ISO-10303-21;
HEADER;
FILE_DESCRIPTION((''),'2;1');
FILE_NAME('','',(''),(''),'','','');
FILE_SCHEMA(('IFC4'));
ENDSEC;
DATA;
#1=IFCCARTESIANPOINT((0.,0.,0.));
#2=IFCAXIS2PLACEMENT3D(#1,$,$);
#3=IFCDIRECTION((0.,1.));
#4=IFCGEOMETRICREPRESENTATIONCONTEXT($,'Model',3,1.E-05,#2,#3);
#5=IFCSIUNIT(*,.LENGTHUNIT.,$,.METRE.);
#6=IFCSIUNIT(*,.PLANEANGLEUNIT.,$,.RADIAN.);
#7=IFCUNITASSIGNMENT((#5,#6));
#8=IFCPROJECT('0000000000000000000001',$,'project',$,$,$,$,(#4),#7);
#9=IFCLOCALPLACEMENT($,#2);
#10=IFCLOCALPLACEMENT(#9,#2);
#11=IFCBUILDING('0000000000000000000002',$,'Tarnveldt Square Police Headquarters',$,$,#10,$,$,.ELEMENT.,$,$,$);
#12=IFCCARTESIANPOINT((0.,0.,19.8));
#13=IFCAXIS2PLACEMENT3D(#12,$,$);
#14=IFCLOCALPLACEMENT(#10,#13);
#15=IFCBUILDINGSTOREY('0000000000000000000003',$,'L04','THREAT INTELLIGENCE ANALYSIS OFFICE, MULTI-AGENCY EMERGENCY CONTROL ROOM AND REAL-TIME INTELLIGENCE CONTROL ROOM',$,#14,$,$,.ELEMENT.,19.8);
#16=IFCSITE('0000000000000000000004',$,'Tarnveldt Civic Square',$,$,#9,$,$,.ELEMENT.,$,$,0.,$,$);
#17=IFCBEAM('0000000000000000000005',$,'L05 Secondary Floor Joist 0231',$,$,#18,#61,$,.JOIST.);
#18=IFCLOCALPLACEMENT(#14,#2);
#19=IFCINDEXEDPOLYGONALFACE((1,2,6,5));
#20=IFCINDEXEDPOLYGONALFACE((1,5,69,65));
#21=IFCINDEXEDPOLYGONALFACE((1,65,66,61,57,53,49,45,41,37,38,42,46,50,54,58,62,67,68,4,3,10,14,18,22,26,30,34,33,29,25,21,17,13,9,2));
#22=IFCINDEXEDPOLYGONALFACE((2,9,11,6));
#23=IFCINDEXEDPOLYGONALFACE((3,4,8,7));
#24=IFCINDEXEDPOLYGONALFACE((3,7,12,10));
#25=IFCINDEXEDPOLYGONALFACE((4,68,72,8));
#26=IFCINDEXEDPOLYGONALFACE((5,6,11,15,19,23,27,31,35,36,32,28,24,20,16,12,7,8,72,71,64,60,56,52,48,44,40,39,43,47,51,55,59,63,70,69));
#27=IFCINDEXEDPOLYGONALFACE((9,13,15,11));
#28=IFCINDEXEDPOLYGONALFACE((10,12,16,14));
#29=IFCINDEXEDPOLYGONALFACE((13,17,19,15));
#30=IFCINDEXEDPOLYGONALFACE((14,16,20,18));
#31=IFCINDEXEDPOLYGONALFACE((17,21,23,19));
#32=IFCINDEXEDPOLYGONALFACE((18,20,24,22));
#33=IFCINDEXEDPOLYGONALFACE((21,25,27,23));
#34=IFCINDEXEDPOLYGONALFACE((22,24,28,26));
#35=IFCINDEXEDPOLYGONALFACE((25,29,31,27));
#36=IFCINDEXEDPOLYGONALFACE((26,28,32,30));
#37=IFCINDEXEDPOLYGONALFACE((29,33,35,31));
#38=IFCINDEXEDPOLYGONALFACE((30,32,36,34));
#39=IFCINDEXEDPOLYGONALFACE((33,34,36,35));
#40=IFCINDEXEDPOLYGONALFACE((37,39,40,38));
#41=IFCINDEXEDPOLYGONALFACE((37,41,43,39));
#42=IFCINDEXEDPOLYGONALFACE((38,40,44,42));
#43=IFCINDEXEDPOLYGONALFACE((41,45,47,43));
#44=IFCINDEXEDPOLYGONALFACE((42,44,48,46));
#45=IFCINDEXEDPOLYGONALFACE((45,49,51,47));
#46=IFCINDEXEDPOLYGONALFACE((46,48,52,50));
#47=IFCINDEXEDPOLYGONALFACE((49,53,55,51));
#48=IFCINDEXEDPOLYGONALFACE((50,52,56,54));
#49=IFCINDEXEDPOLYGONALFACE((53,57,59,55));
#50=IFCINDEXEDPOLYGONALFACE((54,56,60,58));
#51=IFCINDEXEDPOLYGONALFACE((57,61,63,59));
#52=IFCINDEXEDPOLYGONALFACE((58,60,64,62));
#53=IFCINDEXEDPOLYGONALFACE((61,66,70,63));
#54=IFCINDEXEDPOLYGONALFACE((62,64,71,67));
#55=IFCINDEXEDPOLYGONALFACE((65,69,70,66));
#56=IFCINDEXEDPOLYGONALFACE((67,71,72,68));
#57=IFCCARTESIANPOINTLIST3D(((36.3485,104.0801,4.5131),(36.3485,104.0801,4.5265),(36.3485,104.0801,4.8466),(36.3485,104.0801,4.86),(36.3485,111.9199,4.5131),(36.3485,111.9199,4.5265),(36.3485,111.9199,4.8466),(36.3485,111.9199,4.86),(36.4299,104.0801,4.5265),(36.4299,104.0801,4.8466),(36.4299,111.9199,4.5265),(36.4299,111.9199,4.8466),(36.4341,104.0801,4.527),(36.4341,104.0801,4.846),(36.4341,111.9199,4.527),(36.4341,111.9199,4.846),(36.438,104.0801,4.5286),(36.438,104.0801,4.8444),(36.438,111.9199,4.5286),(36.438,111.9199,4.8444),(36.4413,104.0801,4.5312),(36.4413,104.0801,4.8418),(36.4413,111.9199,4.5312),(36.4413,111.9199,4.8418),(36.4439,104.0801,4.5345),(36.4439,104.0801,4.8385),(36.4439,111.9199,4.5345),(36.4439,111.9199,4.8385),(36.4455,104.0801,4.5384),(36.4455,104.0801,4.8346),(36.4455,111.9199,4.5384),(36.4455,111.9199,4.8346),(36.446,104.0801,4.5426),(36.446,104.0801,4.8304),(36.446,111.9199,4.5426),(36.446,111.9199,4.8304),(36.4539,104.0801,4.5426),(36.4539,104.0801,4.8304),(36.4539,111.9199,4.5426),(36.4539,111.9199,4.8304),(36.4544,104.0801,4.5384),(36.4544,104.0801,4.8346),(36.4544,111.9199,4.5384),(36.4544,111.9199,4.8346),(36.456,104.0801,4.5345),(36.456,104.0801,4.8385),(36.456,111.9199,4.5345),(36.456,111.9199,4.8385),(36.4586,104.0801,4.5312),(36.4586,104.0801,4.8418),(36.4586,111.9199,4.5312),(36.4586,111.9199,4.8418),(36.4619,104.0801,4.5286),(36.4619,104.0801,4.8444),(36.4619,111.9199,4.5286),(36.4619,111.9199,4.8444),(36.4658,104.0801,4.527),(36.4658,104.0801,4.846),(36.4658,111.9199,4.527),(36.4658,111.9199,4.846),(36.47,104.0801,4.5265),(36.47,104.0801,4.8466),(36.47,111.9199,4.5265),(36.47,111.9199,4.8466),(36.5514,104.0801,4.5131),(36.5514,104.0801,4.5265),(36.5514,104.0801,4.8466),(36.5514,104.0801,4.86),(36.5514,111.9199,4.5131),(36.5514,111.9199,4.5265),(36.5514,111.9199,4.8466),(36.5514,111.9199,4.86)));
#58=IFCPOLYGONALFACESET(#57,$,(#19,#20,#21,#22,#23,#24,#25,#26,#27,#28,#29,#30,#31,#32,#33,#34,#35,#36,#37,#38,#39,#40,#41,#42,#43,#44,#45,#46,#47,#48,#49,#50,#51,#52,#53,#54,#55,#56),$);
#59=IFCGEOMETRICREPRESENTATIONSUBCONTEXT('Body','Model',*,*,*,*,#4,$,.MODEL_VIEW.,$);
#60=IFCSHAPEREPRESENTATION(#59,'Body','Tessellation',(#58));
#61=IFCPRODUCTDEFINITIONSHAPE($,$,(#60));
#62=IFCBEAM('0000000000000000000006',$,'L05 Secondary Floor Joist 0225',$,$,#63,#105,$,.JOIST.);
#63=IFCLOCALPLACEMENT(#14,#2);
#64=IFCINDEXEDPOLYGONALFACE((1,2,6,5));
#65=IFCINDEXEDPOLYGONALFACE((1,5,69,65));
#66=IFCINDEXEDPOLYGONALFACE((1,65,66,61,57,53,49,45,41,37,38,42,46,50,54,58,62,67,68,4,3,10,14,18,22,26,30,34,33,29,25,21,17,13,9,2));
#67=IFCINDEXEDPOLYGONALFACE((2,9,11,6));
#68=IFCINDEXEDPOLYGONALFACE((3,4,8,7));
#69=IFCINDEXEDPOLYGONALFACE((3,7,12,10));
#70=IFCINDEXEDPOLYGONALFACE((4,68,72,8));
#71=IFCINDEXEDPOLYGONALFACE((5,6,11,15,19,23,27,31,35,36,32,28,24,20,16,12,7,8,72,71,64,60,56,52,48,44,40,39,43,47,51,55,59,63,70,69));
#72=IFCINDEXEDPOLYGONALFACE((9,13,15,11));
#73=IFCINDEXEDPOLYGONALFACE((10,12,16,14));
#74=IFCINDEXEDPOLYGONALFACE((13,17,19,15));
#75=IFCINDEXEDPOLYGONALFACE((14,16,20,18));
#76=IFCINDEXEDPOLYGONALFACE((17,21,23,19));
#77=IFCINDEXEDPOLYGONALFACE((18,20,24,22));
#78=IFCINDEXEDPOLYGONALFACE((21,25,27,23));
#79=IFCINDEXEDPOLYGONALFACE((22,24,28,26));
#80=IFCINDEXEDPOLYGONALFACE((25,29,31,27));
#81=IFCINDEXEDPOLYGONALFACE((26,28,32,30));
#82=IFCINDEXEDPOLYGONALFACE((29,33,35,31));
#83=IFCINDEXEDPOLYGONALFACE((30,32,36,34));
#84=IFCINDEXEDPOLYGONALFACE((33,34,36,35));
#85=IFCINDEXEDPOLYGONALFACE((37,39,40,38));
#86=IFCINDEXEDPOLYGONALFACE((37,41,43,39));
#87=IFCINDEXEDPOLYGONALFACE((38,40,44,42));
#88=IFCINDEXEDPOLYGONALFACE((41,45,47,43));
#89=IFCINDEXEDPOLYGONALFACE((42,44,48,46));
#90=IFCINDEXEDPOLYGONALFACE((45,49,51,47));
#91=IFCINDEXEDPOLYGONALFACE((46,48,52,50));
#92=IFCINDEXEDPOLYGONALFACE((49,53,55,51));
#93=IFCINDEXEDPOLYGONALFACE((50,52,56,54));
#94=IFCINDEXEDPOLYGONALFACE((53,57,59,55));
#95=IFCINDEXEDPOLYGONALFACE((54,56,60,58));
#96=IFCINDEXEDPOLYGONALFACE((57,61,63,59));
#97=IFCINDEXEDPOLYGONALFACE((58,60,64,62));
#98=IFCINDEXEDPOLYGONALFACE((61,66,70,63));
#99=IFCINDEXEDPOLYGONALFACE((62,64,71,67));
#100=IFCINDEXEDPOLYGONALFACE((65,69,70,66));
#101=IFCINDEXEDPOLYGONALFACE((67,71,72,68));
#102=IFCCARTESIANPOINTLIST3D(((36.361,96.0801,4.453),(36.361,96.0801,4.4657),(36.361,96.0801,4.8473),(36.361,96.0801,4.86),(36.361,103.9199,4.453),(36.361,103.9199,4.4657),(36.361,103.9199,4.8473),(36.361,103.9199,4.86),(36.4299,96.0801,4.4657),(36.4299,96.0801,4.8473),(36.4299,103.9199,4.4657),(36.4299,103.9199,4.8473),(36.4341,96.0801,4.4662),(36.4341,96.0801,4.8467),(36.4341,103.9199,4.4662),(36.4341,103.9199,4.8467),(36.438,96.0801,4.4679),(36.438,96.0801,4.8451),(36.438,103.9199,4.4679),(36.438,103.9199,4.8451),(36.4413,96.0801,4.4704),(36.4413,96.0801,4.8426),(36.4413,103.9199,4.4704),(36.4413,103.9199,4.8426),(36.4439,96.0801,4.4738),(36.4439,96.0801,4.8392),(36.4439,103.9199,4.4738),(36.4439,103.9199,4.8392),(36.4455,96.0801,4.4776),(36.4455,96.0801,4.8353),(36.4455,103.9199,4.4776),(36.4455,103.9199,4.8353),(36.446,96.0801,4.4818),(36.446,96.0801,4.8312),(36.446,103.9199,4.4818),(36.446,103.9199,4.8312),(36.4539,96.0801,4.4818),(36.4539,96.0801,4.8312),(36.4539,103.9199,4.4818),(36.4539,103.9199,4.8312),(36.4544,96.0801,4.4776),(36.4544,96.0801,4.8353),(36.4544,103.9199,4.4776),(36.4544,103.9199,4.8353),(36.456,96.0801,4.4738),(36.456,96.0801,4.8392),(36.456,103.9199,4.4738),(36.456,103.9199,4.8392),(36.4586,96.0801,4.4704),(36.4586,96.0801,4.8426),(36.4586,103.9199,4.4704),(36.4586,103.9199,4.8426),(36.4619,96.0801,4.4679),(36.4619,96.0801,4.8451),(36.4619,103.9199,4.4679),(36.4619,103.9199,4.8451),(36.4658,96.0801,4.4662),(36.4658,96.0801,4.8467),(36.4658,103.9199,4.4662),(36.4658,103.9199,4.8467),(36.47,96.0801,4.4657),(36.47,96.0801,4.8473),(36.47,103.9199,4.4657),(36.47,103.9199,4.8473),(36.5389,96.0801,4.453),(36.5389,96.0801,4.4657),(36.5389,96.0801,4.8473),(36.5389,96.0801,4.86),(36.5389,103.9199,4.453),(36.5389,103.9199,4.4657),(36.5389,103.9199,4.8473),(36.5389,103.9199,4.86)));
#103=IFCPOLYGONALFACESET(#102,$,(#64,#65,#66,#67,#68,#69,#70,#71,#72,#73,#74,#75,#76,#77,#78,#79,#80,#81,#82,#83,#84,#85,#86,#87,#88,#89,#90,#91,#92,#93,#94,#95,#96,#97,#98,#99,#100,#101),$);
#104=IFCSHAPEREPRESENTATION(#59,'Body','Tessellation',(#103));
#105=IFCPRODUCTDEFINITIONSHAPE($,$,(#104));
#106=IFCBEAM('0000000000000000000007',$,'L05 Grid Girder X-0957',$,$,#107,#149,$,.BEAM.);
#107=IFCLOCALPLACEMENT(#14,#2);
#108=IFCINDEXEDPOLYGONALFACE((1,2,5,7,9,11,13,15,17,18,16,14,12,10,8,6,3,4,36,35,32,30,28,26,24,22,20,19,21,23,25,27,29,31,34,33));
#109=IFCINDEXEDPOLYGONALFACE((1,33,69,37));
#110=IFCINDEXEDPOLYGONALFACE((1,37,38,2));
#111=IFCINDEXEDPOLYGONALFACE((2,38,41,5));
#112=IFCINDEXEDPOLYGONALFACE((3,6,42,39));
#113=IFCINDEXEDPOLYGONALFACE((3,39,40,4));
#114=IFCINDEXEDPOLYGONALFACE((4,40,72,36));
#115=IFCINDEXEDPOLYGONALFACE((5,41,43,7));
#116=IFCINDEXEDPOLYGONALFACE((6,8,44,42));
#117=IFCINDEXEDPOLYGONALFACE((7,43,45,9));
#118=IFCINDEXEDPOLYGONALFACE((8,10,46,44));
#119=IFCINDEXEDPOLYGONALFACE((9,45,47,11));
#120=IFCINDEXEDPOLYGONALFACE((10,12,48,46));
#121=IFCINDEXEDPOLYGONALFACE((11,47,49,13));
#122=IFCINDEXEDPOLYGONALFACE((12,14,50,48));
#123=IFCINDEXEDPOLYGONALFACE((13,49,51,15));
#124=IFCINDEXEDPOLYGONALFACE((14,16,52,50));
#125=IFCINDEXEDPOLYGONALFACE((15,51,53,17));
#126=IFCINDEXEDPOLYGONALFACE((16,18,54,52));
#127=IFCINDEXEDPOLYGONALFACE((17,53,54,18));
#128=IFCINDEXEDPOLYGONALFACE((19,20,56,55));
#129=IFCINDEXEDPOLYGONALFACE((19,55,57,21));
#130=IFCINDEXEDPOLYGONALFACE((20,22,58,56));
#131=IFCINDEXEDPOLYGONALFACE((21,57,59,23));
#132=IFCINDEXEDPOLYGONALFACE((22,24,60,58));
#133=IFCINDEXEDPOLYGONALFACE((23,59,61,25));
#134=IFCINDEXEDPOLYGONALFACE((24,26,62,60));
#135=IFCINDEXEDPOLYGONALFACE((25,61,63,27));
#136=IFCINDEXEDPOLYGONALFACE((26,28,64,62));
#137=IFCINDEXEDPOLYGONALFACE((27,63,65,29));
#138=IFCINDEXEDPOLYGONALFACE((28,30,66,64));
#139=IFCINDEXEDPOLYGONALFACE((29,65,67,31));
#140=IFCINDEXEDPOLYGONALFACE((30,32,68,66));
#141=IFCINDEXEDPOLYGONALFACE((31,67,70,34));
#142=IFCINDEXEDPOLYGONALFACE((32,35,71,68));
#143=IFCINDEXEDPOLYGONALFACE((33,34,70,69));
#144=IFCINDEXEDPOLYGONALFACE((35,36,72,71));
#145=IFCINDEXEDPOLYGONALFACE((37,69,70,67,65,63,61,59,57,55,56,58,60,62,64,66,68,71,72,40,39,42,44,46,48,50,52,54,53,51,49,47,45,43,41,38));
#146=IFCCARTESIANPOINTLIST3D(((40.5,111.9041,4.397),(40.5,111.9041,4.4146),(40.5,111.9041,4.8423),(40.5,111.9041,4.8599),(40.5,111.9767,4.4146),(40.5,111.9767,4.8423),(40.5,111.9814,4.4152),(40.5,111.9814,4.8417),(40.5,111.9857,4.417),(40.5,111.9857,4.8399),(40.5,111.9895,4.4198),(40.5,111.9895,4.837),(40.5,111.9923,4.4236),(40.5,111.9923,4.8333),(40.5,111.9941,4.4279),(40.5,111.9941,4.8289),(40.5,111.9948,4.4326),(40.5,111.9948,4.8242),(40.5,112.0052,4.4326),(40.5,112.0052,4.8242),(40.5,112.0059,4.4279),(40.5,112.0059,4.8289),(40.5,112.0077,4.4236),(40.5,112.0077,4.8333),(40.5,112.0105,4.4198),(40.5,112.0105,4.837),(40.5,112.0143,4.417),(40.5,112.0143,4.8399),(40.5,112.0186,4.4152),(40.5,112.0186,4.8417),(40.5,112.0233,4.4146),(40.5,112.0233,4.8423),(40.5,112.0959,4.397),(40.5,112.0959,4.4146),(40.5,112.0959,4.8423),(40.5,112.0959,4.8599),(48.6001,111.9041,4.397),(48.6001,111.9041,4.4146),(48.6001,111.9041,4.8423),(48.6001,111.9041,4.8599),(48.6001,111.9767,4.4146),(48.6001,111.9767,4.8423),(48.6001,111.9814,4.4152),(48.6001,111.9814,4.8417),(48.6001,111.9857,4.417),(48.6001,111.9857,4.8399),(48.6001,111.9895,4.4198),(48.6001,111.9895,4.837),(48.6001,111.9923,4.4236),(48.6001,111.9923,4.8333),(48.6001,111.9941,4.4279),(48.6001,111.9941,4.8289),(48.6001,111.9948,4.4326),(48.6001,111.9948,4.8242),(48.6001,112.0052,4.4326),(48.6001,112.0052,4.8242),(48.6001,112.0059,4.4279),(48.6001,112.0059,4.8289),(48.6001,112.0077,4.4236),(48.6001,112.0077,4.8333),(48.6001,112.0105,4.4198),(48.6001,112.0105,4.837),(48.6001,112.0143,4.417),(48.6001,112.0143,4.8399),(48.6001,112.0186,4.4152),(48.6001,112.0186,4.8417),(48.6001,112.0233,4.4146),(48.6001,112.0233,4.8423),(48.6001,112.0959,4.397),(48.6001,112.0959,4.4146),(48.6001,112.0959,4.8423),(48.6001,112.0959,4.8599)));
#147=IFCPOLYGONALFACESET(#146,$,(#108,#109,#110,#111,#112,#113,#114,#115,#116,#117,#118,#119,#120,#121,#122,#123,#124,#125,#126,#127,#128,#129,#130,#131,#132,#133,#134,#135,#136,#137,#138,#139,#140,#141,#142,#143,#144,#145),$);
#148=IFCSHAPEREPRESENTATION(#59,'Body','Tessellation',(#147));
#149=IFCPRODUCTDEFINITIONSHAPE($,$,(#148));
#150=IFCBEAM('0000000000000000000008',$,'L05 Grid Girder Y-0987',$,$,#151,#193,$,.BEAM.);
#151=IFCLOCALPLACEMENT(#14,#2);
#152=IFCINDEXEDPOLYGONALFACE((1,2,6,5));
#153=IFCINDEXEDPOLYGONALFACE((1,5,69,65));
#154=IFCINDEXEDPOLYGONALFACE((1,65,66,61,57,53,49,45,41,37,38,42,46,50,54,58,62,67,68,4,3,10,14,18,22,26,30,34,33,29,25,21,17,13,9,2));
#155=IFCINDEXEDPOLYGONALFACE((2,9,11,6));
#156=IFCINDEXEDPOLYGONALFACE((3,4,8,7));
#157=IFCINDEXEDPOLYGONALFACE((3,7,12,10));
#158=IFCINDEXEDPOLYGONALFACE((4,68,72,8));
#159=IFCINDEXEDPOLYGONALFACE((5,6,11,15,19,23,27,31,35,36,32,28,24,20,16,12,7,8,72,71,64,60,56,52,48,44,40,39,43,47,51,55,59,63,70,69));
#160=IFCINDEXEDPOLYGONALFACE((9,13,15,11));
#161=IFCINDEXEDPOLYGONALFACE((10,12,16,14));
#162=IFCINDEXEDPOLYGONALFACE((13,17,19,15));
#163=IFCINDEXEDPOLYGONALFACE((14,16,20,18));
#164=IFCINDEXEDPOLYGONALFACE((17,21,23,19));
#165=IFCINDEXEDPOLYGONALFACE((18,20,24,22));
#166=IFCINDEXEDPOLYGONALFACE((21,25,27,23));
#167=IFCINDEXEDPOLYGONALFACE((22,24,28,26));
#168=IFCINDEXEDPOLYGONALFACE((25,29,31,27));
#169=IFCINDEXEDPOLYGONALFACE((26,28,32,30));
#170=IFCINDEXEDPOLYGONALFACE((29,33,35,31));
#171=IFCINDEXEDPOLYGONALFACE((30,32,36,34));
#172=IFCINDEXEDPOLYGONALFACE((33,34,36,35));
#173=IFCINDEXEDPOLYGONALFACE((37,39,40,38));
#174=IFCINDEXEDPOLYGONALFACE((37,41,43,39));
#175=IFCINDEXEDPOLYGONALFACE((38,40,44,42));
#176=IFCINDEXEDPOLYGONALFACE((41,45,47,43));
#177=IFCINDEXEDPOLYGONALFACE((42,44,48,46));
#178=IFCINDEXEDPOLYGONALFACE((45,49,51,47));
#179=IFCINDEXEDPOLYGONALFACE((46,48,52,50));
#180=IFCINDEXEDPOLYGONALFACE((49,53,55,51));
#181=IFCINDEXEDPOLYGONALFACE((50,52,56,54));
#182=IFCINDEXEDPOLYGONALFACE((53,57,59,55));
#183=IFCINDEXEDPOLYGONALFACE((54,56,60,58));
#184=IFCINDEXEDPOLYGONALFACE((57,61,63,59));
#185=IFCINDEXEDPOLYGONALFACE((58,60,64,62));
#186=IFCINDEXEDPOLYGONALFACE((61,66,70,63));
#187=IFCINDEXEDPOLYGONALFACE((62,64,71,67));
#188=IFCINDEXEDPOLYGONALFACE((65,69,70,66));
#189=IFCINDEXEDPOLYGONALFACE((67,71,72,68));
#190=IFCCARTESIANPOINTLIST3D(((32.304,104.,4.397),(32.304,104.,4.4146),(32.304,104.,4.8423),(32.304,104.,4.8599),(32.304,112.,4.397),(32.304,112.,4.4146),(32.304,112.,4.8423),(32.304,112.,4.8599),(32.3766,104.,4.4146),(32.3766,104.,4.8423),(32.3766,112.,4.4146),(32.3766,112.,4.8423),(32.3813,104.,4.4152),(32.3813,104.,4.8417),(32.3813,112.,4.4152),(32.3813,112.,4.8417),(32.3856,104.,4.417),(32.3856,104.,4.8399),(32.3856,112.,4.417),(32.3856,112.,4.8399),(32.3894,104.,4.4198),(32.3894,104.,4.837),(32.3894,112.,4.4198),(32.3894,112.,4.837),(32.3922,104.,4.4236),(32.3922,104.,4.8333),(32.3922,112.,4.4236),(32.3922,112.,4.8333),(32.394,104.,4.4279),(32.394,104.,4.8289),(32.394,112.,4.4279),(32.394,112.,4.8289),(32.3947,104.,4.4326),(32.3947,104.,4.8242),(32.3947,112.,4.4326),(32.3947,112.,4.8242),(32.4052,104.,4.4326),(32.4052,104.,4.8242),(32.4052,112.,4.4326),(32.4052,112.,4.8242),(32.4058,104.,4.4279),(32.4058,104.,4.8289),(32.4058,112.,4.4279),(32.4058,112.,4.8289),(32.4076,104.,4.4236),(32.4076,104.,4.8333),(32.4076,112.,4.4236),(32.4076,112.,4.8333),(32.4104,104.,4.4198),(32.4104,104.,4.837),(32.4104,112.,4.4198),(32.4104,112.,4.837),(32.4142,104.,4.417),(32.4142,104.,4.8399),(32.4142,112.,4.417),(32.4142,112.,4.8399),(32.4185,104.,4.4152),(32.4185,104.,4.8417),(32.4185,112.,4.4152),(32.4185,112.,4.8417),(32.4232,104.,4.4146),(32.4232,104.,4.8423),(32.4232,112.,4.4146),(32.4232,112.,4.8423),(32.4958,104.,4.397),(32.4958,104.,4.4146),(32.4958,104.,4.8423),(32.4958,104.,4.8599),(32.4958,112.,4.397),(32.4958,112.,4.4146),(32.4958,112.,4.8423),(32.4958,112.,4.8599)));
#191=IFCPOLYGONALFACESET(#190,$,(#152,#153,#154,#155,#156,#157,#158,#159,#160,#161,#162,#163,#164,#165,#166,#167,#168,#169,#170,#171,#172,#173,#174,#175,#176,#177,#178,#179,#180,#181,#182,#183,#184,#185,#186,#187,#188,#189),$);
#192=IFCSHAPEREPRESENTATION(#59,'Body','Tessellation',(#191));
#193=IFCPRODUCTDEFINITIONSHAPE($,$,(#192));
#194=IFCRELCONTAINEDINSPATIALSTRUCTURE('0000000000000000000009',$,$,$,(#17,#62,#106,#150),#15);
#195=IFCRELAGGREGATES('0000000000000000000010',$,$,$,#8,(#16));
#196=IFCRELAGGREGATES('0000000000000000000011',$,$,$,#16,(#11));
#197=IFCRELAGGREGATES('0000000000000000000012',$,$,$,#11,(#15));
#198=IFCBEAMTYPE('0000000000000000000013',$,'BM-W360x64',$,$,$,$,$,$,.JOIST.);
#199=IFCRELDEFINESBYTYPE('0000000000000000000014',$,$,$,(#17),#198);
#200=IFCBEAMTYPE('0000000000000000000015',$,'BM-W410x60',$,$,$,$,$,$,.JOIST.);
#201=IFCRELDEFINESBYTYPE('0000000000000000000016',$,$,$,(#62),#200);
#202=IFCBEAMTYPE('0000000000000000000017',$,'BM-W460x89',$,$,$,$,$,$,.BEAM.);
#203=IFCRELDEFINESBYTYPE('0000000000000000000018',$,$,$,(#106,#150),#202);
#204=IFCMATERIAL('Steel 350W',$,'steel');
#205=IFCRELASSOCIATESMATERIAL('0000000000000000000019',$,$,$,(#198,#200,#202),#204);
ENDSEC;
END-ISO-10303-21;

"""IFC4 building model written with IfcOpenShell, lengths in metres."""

from ifc_helpers import new_model, si_unit, direction, frame, origin, origin_2d, place, context, subcontext, project, spatial, i_section, extrude, material, material_profile, profile_set, type_object, element, save


model = new_model("IFC4")

# Units and contexts
model_context = context("Model", 3, precision=1e-05, world=origin(), true_north=direction((0.0, 1.0)))
body_context = subcontext(model_context, "Body", "Model", "MODEL_VIEW")
ifc_project = project(units=[si_unit("LENGTHUNIT", "METRE"), si_unit("PLANEANGLEUNIT", "RADIAN")], contexts=[model_context])

# Site, building, storey
site_placement = place(None, origin())
site = spatial("IfcSite", under=ifc_project, at=site_placement, Name="Tarnveldt Civic Square", CompositionType="ELEMENT", RefElevation=0.0)
building_placement = place(site_placement, origin())
building = spatial("IfcBuilding", under=site, at=building_placement, Name="Tarnveldt Square Police Headquarters", CompositionType="ELEMENT")
storey_placement = place(building_placement, frame((0.0, 0.0, 19.8)))
storey = spatial("IfcBuildingStorey", under=building, at=storey_placement, Name="L04", Description="THREAT INTELLIGENCE ANALYSIS OFFICE, MULTI-AGENCY EMERGENCY CONTROL ROOM AND REAL-TIME INTELLIGENCE CONTROL ROOM", CompositionType="ELEMENT", Elevation=19.8)

# Shared definitions
ifc_material_1 = material(Name="Steel 350W", Category="steel")

# Beams
ifc_material_profile_1 = material_profile(ifc_material_1, i_section(OverallWidth=0.2029, OverallDepth=0.3469, WebThickness=0.0078, FlangeThickness=0.0134, FilletRadius=0.0161, at=origin_2d()), Name="W360x64")
ifc_profile_set_1 = profile_set([ifc_material_profile_1], Name="Steel 350W")
beam_type_1 = type_object("IfcBeamType", Name="BM-W360x64", PredefinedType="JOIST", material=ifc_profile_set_1)
beam_1_placement = place(storey_placement, frame((36.45, 104.0801, 4.6865), z_axis=(0.0, 1.0, 0.0), x_axis=(-1.0, 0.0, 0.0)))
element("IfcBeam", 1, at=beam_1_placement, inside=storey, type_object=beam_type_1, Name="L05 Secondary Floor Joist 0231", PredefinedType="JOIST", context=body_context, shape_type="SweptSolid", body=[
    extrude(i_section(OverallWidth=0.2029, OverallDepth=0.3469, WebThickness=0.0078, FlangeThickness=0.0134, FilletRadius=0.0161, at=origin_2d()), origin(), (0.0, 0.0, 1.0), 7.8398),
])
ifc_material_profile_2 = material_profile(ifc_material_1, i_section(OverallWidth=0.178, OverallDepth=0.407, WebThickness=0.0078, FlangeThickness=0.0127, FilletRadius=0.0161, at=origin_2d()), Name="W410x60")
ifc_profile_set_2 = profile_set([ifc_material_profile_2], Name="Steel 350W")
beam_type_2 = type_object("IfcBeamType", Name="BM-W410x60", PredefinedType="JOIST", material=ifc_profile_set_2)
beam_2_placement = place(storey_placement, frame((36.45, 96.0801, 4.6565), z_axis=(0.0, 1.0, 0.0), x_axis=(-1.0, 0.0, 0.0)))
element("IfcBeam", 2, at=beam_2_placement, inside=storey, type_object=beam_type_2, Name="L05 Secondary Floor Joist 0225", PredefinedType="JOIST", context=body_context, shape_type="SweptSolid", body=[
    extrude(i_section(OverallWidth=0.178, OverallDepth=0.407, WebThickness=0.0078, FlangeThickness=0.0127, FilletRadius=0.0161, at=origin_2d()), origin(), (0.0, 0.0, 1.0), 7.8398),
])
ifc_material_profile_3 = material_profile(ifc_material_1, i_section(OverallWidth=0.1919, OverallDepth=0.4629, WebThickness=0.0105, FlangeThickness=0.0176, FilletRadius=0.0181, at=origin_2d()), Name="W460x89")
ifc_profile_set_3 = profile_set([ifc_material_profile_3], Name="Steel 350W")
beam_type_3 = type_object("IfcBeamType", Name="BM-W460x89", PredefinedType="BEAM", material=ifc_profile_set_3)
beam_3_placement = place(storey_placement, frame((40.5, 112.0, 4.6284), z_axis=(1.0, 0.0, 0.0), x_axis=(0.0, 1.0, 0.0)))
element("IfcBeam", 3, at=beam_3_placement, inside=storey, type_object=beam_type_3, Name="L05 Grid Girder X-0957", PredefinedType="BEAM", context=body_context, shape_type="SweptSolid", body=[
    extrude(i_section(OverallWidth=0.1919, OverallDepth=0.4629, WebThickness=0.0105, FlangeThickness=0.0176, FilletRadius=0.0181, at=origin_2d()), origin(), (0.0, 0.0, 1.0), 8.1001),
])
for number, where, z_axis, x_axis, name in (
    (4, (32.3999, 104.0, 4.6284), (0.0, 1.0, 0.0), (-1.0, 0.0, 0.0), "L05 Grid Girder Y-0987"),
):
    element("IfcBeam", number, at=place(storey_placement, frame(where, z_axis=z_axis, x_axis=x_axis)), inside=storey, type_object=beam_type_3, Name=name, PredefinedType="BEAM", context=body_context, shape_type="SweptSolid", body=[
        extrude(i_section(OverallWidth=0.1919, OverallDepth=0.4629, WebThickness=0.0105, FlangeThickness=0.0176, FilletRadius=0.0181, at=origin_2d()), origin(), (0.0, 0.0, 1.0), 8.0),
    ])

save(model, "model.ifc")
